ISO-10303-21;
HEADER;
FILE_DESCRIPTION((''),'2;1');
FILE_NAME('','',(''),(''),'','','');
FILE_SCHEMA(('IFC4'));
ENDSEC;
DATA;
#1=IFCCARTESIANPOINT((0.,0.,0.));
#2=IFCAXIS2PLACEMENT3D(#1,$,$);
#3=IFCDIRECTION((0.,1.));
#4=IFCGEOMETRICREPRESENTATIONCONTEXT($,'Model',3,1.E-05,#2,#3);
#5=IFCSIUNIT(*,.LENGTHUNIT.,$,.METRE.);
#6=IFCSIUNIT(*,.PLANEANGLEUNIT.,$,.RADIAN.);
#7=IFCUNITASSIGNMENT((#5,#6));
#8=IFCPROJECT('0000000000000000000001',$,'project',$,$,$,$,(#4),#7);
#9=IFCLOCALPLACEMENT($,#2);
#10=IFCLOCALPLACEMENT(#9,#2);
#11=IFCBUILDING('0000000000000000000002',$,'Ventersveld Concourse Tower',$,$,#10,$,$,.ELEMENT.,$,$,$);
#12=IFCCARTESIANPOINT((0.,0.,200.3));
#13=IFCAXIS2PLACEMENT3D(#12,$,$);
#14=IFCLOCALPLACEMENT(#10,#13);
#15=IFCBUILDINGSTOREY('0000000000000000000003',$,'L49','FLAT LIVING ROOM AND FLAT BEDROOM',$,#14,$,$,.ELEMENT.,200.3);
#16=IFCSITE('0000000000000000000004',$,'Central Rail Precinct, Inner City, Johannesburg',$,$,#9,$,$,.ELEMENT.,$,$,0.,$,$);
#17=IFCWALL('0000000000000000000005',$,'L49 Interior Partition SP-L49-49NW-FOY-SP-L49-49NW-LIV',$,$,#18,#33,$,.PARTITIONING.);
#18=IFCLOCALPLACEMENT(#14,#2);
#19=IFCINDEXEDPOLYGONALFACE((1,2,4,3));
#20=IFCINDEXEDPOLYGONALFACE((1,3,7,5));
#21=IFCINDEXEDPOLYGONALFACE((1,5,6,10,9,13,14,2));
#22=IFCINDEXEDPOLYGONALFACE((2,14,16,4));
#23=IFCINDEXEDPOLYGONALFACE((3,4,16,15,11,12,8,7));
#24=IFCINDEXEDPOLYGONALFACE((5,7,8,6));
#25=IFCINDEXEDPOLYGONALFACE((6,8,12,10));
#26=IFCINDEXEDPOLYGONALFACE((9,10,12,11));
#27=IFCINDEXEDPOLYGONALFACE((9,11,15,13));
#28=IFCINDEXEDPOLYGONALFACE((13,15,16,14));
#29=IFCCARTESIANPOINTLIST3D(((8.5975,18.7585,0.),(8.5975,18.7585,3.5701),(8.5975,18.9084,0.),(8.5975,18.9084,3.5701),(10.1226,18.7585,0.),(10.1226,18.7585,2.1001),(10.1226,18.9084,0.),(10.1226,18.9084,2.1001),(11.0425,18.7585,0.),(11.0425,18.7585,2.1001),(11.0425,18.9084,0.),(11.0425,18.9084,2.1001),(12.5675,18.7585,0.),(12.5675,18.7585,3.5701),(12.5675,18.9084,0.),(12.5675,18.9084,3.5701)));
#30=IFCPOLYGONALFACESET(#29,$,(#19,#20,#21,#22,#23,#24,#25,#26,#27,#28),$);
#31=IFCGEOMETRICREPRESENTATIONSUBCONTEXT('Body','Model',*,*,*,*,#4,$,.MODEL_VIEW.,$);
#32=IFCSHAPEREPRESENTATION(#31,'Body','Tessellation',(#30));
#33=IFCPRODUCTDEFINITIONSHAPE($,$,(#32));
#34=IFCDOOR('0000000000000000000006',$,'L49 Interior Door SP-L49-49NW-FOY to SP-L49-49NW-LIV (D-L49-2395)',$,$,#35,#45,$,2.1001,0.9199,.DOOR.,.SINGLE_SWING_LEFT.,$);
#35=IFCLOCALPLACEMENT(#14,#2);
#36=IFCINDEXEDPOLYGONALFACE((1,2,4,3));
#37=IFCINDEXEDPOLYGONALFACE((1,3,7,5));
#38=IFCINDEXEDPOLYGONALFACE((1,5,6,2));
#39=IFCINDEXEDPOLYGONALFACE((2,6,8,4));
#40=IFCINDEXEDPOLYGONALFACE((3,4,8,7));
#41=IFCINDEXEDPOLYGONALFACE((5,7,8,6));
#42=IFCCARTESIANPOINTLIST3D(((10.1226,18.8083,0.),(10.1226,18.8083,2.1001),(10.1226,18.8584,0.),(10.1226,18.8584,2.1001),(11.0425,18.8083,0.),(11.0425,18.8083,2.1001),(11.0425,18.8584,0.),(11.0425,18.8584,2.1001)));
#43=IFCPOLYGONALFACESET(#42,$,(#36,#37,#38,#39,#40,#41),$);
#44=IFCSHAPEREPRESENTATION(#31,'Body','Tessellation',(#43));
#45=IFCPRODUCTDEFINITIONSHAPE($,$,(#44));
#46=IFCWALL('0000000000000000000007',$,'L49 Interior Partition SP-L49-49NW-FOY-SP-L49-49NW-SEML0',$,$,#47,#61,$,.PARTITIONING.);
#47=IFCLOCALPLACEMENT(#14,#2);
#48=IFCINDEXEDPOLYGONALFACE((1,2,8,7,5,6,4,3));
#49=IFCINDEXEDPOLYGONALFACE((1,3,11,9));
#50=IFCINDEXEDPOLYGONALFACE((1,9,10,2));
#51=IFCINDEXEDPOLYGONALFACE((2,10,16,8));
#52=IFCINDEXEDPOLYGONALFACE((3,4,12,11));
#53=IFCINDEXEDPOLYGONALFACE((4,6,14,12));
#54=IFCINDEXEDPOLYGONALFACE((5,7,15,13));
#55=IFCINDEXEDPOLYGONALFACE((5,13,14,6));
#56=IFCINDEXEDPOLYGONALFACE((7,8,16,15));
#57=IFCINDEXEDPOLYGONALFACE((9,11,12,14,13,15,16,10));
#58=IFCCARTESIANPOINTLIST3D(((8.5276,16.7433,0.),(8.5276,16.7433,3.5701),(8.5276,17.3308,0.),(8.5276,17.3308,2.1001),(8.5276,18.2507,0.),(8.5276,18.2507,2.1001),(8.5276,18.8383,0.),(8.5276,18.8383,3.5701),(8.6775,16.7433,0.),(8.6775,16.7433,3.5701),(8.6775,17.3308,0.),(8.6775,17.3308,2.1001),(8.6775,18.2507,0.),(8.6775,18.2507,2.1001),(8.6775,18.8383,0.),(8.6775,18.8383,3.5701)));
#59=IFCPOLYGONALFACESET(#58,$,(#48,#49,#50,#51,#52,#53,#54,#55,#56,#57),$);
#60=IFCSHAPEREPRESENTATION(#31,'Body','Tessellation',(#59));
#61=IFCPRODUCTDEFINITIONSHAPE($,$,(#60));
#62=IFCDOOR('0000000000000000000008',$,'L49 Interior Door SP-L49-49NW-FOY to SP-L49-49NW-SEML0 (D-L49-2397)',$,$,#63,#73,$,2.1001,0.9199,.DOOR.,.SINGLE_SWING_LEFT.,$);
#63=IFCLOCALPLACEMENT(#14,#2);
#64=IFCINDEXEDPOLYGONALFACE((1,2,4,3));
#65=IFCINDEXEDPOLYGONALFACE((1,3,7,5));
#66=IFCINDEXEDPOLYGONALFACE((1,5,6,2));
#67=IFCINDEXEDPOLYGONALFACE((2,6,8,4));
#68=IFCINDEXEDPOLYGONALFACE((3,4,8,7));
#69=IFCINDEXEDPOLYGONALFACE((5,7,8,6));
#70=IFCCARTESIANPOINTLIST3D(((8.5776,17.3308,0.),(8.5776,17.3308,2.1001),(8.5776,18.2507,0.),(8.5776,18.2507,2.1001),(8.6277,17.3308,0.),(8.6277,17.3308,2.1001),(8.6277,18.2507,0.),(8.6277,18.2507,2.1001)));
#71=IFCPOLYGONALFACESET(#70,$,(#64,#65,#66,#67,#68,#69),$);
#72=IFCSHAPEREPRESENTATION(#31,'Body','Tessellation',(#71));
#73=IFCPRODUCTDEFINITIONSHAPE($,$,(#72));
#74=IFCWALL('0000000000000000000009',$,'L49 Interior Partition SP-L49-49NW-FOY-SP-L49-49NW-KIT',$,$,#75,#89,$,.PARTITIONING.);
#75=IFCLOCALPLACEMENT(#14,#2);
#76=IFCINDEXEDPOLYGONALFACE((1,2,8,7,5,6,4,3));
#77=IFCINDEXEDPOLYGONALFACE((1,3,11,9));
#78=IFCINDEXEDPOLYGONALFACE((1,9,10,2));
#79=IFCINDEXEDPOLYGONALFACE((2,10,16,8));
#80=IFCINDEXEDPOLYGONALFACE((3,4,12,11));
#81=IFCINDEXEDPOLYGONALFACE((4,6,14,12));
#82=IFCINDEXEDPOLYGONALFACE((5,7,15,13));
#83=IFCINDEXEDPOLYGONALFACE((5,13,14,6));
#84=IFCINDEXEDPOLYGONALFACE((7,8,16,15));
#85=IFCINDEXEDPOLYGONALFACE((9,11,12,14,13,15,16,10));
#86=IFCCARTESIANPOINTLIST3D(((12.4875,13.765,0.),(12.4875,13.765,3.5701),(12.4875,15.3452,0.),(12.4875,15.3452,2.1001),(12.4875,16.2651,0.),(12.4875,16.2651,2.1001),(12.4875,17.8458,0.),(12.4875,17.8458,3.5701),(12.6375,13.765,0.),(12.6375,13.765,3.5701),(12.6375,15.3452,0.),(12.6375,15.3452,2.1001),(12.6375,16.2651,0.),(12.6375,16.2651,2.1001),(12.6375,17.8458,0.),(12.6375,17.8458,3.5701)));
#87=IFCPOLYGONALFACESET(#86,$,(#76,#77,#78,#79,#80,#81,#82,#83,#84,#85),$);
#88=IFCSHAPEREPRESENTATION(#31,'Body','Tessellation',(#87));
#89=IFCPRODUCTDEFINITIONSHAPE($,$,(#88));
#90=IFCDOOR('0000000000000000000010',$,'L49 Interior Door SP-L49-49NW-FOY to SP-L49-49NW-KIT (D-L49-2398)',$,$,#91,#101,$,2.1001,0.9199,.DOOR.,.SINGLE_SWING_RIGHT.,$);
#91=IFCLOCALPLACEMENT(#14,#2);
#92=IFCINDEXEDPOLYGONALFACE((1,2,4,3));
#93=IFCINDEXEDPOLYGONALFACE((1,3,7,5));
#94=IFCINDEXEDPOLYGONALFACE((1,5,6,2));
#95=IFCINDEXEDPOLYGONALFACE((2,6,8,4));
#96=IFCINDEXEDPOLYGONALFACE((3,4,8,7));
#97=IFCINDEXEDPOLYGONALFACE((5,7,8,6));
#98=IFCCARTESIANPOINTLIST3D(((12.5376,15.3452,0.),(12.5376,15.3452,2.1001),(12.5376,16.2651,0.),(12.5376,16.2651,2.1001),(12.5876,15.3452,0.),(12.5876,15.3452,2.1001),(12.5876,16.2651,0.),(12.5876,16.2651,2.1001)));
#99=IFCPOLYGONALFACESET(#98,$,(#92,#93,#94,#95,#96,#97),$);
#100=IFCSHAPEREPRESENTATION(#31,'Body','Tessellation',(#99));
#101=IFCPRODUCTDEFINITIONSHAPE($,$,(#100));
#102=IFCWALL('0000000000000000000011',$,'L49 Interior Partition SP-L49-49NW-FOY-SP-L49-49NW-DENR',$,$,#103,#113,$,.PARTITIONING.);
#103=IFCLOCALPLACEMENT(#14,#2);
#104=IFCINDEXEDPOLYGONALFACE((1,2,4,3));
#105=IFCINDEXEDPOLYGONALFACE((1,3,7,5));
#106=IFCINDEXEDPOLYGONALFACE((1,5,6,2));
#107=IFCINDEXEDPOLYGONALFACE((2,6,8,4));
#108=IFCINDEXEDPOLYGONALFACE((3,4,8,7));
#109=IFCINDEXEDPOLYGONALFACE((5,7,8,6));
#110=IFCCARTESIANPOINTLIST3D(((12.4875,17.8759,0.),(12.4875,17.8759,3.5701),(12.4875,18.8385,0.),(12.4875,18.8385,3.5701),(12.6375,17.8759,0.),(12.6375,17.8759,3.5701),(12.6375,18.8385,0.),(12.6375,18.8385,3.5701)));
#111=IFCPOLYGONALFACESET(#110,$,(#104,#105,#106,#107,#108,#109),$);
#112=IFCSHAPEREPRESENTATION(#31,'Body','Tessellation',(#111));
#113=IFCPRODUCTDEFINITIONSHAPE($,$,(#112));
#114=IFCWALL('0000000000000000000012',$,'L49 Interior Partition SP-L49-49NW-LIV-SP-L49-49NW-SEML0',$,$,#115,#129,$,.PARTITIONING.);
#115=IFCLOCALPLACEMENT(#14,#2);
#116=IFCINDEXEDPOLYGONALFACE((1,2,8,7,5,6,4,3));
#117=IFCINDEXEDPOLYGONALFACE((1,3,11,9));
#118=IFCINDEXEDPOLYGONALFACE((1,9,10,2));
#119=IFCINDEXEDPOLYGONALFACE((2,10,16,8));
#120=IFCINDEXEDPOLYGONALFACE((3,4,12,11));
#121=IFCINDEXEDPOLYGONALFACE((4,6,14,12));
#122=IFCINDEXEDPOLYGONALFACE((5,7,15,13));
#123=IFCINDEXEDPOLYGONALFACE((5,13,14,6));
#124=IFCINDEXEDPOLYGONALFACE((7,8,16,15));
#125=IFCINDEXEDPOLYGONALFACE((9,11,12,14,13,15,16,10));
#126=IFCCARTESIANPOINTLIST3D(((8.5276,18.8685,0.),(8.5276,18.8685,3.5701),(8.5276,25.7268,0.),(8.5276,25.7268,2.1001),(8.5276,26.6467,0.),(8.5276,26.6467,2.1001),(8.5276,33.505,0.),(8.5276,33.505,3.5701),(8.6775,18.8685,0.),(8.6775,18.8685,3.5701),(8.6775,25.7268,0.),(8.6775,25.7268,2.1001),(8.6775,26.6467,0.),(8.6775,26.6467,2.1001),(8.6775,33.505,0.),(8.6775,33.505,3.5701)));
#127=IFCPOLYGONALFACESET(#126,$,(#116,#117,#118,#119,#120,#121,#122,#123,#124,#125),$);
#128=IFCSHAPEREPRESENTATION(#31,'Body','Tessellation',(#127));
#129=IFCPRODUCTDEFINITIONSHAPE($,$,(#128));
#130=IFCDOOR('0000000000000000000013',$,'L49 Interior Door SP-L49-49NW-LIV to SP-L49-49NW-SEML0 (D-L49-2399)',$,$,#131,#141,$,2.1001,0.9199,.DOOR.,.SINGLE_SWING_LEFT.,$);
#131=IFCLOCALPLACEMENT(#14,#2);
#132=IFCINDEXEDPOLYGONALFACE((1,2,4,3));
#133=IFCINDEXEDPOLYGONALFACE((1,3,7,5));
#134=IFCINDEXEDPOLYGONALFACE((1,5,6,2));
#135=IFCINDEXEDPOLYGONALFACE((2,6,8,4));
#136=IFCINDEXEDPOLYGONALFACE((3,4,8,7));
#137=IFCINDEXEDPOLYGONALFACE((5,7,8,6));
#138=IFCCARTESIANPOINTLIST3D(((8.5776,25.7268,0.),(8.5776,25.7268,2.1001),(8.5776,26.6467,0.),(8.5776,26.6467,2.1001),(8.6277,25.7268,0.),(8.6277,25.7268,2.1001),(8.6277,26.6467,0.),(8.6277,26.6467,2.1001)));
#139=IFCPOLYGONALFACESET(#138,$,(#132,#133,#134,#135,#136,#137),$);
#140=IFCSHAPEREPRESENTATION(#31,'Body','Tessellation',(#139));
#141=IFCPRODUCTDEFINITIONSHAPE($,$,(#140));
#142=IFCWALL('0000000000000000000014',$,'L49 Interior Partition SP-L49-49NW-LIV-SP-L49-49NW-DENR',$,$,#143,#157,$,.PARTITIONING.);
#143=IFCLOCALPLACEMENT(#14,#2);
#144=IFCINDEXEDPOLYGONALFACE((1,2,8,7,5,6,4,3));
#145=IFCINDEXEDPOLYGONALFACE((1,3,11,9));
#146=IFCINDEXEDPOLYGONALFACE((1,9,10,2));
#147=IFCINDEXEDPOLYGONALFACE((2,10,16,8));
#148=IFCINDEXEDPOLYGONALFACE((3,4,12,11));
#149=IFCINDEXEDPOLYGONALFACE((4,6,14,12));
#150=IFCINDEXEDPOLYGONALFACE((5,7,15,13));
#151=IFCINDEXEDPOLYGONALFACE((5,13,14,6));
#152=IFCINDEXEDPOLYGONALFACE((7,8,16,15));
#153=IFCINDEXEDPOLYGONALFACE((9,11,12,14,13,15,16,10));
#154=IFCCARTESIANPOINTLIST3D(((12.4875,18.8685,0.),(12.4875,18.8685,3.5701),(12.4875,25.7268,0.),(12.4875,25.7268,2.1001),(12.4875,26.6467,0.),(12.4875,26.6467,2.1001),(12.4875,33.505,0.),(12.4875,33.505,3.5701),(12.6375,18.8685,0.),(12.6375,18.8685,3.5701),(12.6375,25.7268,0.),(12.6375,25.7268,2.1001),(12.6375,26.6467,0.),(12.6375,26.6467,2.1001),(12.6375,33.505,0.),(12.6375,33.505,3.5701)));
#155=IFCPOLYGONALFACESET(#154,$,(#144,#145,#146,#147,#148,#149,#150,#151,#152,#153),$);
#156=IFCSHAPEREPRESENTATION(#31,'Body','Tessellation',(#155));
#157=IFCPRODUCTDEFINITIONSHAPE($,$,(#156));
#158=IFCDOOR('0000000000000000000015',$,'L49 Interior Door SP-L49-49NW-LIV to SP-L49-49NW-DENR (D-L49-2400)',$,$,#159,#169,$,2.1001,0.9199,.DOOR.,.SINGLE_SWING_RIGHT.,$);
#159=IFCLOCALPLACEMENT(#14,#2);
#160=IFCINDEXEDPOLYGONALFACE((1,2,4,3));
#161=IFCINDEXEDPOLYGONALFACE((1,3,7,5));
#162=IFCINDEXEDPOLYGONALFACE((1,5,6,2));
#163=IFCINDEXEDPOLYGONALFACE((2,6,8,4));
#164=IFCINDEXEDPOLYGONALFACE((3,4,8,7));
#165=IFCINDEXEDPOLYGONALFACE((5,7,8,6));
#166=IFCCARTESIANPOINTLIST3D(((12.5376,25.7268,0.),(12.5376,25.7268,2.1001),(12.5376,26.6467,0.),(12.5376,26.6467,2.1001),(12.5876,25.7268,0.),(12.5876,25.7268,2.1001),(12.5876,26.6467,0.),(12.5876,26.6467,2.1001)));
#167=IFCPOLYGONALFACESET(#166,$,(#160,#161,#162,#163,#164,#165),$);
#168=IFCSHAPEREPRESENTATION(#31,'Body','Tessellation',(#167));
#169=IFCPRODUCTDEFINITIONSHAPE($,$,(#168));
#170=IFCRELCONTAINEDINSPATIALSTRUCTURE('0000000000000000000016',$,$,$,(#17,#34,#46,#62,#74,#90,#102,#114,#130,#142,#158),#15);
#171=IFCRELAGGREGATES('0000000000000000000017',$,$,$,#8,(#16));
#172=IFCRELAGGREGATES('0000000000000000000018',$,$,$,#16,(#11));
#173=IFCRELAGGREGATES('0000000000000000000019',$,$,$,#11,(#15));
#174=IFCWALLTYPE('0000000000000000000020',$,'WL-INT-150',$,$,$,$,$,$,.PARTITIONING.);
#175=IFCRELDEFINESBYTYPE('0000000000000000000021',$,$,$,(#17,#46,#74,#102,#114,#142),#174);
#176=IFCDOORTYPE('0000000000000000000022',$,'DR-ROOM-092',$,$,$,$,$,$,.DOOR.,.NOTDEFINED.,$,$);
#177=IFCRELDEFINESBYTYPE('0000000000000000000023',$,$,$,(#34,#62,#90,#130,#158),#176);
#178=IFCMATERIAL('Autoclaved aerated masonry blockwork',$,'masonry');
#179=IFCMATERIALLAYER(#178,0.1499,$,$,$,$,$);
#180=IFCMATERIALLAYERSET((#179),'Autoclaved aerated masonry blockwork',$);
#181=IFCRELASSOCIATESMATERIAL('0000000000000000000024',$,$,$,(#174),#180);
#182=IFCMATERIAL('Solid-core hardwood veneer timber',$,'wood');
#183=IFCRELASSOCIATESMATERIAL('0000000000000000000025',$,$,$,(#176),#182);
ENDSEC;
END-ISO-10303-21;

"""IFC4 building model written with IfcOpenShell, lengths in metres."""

from ifc_helpers import new_model, si_unit, direction, frame, frame_2d, origin, place, context, subcontext, project, spatial, rectangle, extrude, material, layer, layer_set, type_object, element, fill, save


model = new_model("IFC4")

# Units and contexts
model_context = context("Model", 3, precision=1e-05, world=origin(), true_north=direction((0.0, 1.0)))
body_context = subcontext(model_context, "Body", "Model", "MODEL_VIEW")
ifc_project = project(units=[si_unit("LENGTHUNIT", "METRE"), si_unit("PLANEANGLEUNIT", "RADIAN")], contexts=[model_context])

# Site, building, storey
site_placement = place(None, origin())
site = spatial("IfcSite", under=ifc_project, at=site_placement, Name="Central Rail Precinct, Inner City, Johannesburg", CompositionType="ELEMENT", RefElevation=0.0)
building_placement = place(site_placement, origin())
building = spatial("IfcBuilding", under=site, at=building_placement, Name="Ventersveld Concourse Tower", CompositionType="ELEMENT")
storey_placement = place(building_placement, frame((0.0, 0.0, 200.3)))
storey = spatial("IfcBuildingStorey", under=building, at=storey_placement, Name="L49", Description="FLAT LIVING ROOM AND FLAT BEDROOM", CompositionType="ELEMENT", Elevation=200.3)

# Shared definitions
ifc_material_1 = material(Name="Solid-core hardwood veneer timber", Category="wood")

# Walls, openings, doors
ifc_material_2 = material(Name="Autoclaved aerated masonry blockwork", Category="masonry")
ifc_layer_1 = layer(ifc_material_2, 0.1499)
ifc_layer_set_1 = layer_set([ifc_layer_1], Name="Autoclaved aerated masonry blockwork")
wall_type_1 = type_object("IfcWallType", Name="WL-INT-150", PredefinedType="PARTITIONING", material=ifc_layer_set_1)
wall_1_placement = place(storey_placement, frame((8.5977, 18.8335, 0.0), z_axis=(0.0, 0.0, 1.0), x_axis=(1.0, 0.0, 0.0)))
wall_1 = element("IfcWall", 1, at=wall_1_placement, inside=storey, type_object=wall_type_1, Name="L49 Interior Partition SP-L49-49NW-FOY-SP-L49-49NW-LIV", PredefinedType="PARTITIONING", context=body_context, shape_type="SweptSolid", body=[
    extrude(rectangle(XDim=3.97, YDim=0.1499, at=frame_2d((1.9849, 0.0))), origin(), (0.0, 0.0, 1.0), 3.5701),
])
opening_1_placement = place(wall_1_placement, frame((1.5249, 0.0, 0.0)))
opening_1 = element("IfcOpeningElement", 2, at=opening_1_placement, cuts=wall_1, PredefinedType="OPENING", context=body_context, shape_type="SweptSolid", body=[
    extrude(rectangle(XDim=0.9199, YDim=2.1001, at=frame_2d((0.46, 1.05))), frame((0.0, 0.085, 0.0), z_axis=(0.0, -1.0, 0.0), x_axis=(1.0, 0.0, 0.0)), (0.0, 0.0, 1.0), 0.1699),
])
door_type_1 = type_object("IfcDoorType", Name="DR-ROOM-092", OperationType="NOTDEFINED", PredefinedType="DOOR", material=ifc_material_1)
door_1_placement = place(opening_1_placement, origin())
door_1 = element("IfcDoor", 3, at=door_1_placement, inside=storey, type_object=door_type_1, Name="L49 Interior Door SP-L49-49NW-FOY to SP-L49-49NW-LIV (D-L49-2395)", OperationType="SINGLE_SWING_LEFT", OverallHeight=2.1001, OverallWidth=0.9199, PredefinedType="DOOR", context=body_context, shape_type="SweptSolid", body=[
    extrude(rectangle(XDim=0.9199, YDim=2.1001, at=frame_2d((0.46, 1.05))), frame((0.0, 0.0249, 0.0), z_axis=(0.0, -1.0, 0.0), x_axis=(1.0, 0.0, 0.0)), (0.0, 0.0, 1.0), 0.05),
])
fill(opening_1, door_1)
wall_2_placement = place(storey_placement, frame((8.6025, 16.7434, 0.0), z_axis=(0.0, 0.0, 1.0), x_axis=(0.0, 1.0, 0.0)))
wall_2 = element("IfcWall", 4, at=wall_2_placement, inside=storey, type_object=wall_type_1, Name="L49 Interior Partition SP-L49-49NW-FOY-SP-L49-49NW-SEML0", PredefinedType="PARTITIONING", context=body_context, shape_type="SweptSolid", body=[
    extrude(rectangle(XDim=2.095, YDim=0.1499, at=frame_2d((1.0474, 0.0))), origin(), (0.0, 0.0, 1.0), 3.5701),
])
opening_2_placement = place(wall_2_placement, frame((0.5874, 0.0, 0.0)))
opening_2 = element("IfcOpeningElement", 5, at=opening_2_placement, cuts=wall_2, PredefinedType="OPENING", context=body_context, shape_type="SweptSolid", body=[
    extrude(rectangle(XDim=0.9199, YDim=2.1001, at=frame_2d((0.46, 1.05))), frame((0.0, 0.085, 0.0), z_axis=(0.0, -1.0, 0.0), x_axis=(1.0, 0.0, 0.0)), (0.0, 0.0, 1.0), 0.1699),
])
door_2_placement = place(opening_2_placement, origin())
door_2 = element("IfcDoor", 6, at=door_2_placement, inside=storey, type_object=door_type_1, Name="L49 Interior Door SP-L49-49NW-FOY to SP-L49-49NW-SEML0 (D-L49-2397)", OperationType="SINGLE_SWING_LEFT", OverallHeight=2.1001, OverallWidth=0.9199, PredefinedType="DOOR", context=body_context, shape_type="SweptSolid", body=[
    extrude(rectangle(XDim=0.9199, YDim=2.1001, at=frame_2d((0.46, 1.05))), frame((0.0, 0.0249, 0.0), z_axis=(0.0, -1.0, 0.0), x_axis=(1.0, 0.0, 0.0)), (0.0, 0.0, 1.0), 0.05),
])
fill(opening_2, door_2)
wall_3_placement = place(storey_placement, frame((12.5625, 13.7649, 0.0), z_axis=(0.0, 0.0, 1.0), x_axis=(0.0, 1.0, 0.0)))
wall_3 = element("IfcWall", 7, at=wall_3_placement, inside=storey, type_object=wall_type_1, Name="L49 Interior Partition SP-L49-49NW-FOY-SP-L49-49NW-KIT", PredefinedType="PARTITIONING", context=body_context, shape_type="SweptSolid", body=[
    extrude(rectangle(XDim=4.0808, YDim=0.1499, at=frame_2d((2.0405, 0.0))), origin(), (0.0, 0.0, 1.0), 3.5701),
])
opening_3_placement = place(wall_3_placement, frame((1.5803, 0.0, 0.0)))
opening_3 = element("IfcOpeningElement", 8, at=opening_3_placement, cuts=wall_3, PredefinedType="OPENING", context=body_context, shape_type="SweptSolid", body=[
    extrude(rectangle(XDim=0.9199, YDim=2.1001, at=frame_2d((0.46, 1.05))), frame((0.0, 0.085, 0.0), z_axis=(0.0, -1.0, 0.0), x_axis=(1.0, 0.0, 0.0)), (0.0, 0.0, 1.0), 0.1699),
])
door_3_placement = place(opening_3_placement, origin())
door_3 = element("IfcDoor", 9, at=door_3_placement, inside=storey, type_object=door_type_1, Name="L49 Interior Door SP-L49-49NW-FOY to SP-L49-49NW-KIT (D-L49-2398)", OperationType="SINGLE_SWING_RIGHT", OverallHeight=2.1001, OverallWidth=0.9199, PredefinedType="DOOR", context=body_context, shape_type="SweptSolid", body=[
    extrude(rectangle(XDim=0.9199, YDim=2.1001, at=frame_2d((0.46, 1.05))), frame((0.0, 0.0249, 0.0), z_axis=(0.0, -1.0, 0.0), x_axis=(1.0, 0.0, 0.0)), (0.0, 0.0, 1.0), 0.05),
])
fill(opening_3, door_3)

# Wall
wall_4_placement = place(storey_placement, frame((12.5625, 17.8757, 0.0), z_axis=(0.0, 0.0, 1.0), x_axis=(0.0, 1.0, 0.0)))
element("IfcWall", 10, at=wall_4_placement, inside=storey, type_object=wall_type_1, Name="L49 Interior Partition SP-L49-49NW-FOY-SP-L49-49NW-DENR", PredefinedType="PARTITIONING", context=body_context, shape_type="SweptSolid", body=[
    extrude(rectangle(XDim=0.9626, YDim=0.1499, at=frame_2d((0.4814, 0.0))), origin(), (0.0, 0.0, 1.0), 3.5701),
])

# Walls, openings, doors
wall_5_placement = place(storey_placement, frame((8.6025, 18.8684, 0.0), z_axis=(0.0, 0.0, 1.0), x_axis=(0.0, 1.0, 0.0)))
wall_5 = element("IfcWall", 11, at=wall_5_placement, inside=storey, type_object=wall_type_1, Name="L49 Interior Partition SP-L49-49NW-LIV-SP-L49-49NW-SEML0", PredefinedType="PARTITIONING", context=body_context, shape_type="SweptSolid", body=[
    extrude(rectangle(XDim=14.6365, YDim=0.1499, at=frame_2d((7.3184, 0.0))), origin(), (0.0, 0.0, 1.0), 3.5701),
])
opening_4_placement = place(wall_5_placement, frame((6.8584, 0.0, 0.0)))
opening_4 = element("IfcOpeningElement", 12, at=opening_4_placement, cuts=wall_5, PredefinedType="OPENING", context=body_context, shape_type="SweptSolid", body=[
    extrude(rectangle(XDim=0.9199, YDim=2.1001, at=frame_2d((0.46, 1.05))), frame((0.0, 0.085, 0.0), z_axis=(0.0, -1.0, 0.0), x_axis=(1.0, 0.0, 0.0)), (0.0, 0.0, 1.0), 0.1699),
])
door_4_placement = place(opening_4_placement, origin())
door_4 = element("IfcDoor", 13, at=door_4_placement, inside=storey, type_object=door_type_1, Name="L49 Interior Door SP-L49-49NW-LIV to SP-L49-49NW-SEML0 (D-L49-2399)", OperationType="SINGLE_SWING_LEFT", OverallHeight=2.1001, OverallWidth=0.9199, PredefinedType="DOOR", context=body_context, shape_type="SweptSolid", body=[
    extrude(rectangle(XDim=0.9199, YDim=2.1001, at=frame_2d((0.46, 1.05))), frame((0.0, 0.0249, 0.0), z_axis=(0.0, -1.0, 0.0), x_axis=(1.0, 0.0, 0.0)), (0.0, 0.0, 1.0), 0.05),
])
fill(opening_4, door_4)
wall_6_placement = place(storey_placement, frame((12.5625, 18.8684, 0.0), z_axis=(0.0, 0.0, 1.0), x_axis=(0.0, 1.0, 0.0)))
wall_6 = element("IfcWall", 14, at=wall_6_placement, inside=storey, type_object=wall_type_1, Name="L49 Interior Partition SP-L49-49NW-LIV-SP-L49-49NW-DENR", PredefinedType="PARTITIONING", context=body_context, shape_type="SweptSolid", body=[
    extrude(rectangle(XDim=14.6365, YDim=0.1499, at=frame_2d((7.3184, 0.0))), origin(), (0.0, 0.0, 1.0), 3.5701),
])
opening_5_placement = place(wall_6_placement, frame((6.8584, 0.0, 0.0)))
opening_5 = element("IfcOpeningElement", 15, at=opening_5_placement, cuts=wall_6, PredefinedType="OPENING", context=body_context, shape_type="SweptSolid", body=[
    extrude(rectangle(XDim=0.9199, YDim=2.1001, at=frame_2d((0.46, 1.05))), frame((0.0, 0.085, 0.0), z_axis=(0.0, -1.0, 0.0), x_axis=(1.0, 0.0, 0.0)), (0.0, 0.0, 1.0), 0.1699),
])
door_5_placement = place(opening_5_placement, origin())
door_5 = element("IfcDoor", 16, at=door_5_placement, inside=storey, type_object=door_type_1, Name="L49 Interior Door SP-L49-49NW-LIV to SP-L49-49NW-DENR (D-L49-2400)", OperationType="SINGLE_SWING_RIGHT", OverallHeight=2.1001, OverallWidth=0.9199, PredefinedType="DOOR", context=body_context, shape_type="SweptSolid", body=[
    extrude(rectangle(XDim=0.9199, YDim=2.1001, at=frame_2d((0.46, 1.05))), frame((0.0, 0.0249, 0.0), z_axis=(0.0, -1.0, 0.0), x_axis=(1.0, 0.0, 0.0)), (0.0, 0.0, 1.0), 0.05),
])
fill(opening_5, door_5)

save(model, "model.ifc")
